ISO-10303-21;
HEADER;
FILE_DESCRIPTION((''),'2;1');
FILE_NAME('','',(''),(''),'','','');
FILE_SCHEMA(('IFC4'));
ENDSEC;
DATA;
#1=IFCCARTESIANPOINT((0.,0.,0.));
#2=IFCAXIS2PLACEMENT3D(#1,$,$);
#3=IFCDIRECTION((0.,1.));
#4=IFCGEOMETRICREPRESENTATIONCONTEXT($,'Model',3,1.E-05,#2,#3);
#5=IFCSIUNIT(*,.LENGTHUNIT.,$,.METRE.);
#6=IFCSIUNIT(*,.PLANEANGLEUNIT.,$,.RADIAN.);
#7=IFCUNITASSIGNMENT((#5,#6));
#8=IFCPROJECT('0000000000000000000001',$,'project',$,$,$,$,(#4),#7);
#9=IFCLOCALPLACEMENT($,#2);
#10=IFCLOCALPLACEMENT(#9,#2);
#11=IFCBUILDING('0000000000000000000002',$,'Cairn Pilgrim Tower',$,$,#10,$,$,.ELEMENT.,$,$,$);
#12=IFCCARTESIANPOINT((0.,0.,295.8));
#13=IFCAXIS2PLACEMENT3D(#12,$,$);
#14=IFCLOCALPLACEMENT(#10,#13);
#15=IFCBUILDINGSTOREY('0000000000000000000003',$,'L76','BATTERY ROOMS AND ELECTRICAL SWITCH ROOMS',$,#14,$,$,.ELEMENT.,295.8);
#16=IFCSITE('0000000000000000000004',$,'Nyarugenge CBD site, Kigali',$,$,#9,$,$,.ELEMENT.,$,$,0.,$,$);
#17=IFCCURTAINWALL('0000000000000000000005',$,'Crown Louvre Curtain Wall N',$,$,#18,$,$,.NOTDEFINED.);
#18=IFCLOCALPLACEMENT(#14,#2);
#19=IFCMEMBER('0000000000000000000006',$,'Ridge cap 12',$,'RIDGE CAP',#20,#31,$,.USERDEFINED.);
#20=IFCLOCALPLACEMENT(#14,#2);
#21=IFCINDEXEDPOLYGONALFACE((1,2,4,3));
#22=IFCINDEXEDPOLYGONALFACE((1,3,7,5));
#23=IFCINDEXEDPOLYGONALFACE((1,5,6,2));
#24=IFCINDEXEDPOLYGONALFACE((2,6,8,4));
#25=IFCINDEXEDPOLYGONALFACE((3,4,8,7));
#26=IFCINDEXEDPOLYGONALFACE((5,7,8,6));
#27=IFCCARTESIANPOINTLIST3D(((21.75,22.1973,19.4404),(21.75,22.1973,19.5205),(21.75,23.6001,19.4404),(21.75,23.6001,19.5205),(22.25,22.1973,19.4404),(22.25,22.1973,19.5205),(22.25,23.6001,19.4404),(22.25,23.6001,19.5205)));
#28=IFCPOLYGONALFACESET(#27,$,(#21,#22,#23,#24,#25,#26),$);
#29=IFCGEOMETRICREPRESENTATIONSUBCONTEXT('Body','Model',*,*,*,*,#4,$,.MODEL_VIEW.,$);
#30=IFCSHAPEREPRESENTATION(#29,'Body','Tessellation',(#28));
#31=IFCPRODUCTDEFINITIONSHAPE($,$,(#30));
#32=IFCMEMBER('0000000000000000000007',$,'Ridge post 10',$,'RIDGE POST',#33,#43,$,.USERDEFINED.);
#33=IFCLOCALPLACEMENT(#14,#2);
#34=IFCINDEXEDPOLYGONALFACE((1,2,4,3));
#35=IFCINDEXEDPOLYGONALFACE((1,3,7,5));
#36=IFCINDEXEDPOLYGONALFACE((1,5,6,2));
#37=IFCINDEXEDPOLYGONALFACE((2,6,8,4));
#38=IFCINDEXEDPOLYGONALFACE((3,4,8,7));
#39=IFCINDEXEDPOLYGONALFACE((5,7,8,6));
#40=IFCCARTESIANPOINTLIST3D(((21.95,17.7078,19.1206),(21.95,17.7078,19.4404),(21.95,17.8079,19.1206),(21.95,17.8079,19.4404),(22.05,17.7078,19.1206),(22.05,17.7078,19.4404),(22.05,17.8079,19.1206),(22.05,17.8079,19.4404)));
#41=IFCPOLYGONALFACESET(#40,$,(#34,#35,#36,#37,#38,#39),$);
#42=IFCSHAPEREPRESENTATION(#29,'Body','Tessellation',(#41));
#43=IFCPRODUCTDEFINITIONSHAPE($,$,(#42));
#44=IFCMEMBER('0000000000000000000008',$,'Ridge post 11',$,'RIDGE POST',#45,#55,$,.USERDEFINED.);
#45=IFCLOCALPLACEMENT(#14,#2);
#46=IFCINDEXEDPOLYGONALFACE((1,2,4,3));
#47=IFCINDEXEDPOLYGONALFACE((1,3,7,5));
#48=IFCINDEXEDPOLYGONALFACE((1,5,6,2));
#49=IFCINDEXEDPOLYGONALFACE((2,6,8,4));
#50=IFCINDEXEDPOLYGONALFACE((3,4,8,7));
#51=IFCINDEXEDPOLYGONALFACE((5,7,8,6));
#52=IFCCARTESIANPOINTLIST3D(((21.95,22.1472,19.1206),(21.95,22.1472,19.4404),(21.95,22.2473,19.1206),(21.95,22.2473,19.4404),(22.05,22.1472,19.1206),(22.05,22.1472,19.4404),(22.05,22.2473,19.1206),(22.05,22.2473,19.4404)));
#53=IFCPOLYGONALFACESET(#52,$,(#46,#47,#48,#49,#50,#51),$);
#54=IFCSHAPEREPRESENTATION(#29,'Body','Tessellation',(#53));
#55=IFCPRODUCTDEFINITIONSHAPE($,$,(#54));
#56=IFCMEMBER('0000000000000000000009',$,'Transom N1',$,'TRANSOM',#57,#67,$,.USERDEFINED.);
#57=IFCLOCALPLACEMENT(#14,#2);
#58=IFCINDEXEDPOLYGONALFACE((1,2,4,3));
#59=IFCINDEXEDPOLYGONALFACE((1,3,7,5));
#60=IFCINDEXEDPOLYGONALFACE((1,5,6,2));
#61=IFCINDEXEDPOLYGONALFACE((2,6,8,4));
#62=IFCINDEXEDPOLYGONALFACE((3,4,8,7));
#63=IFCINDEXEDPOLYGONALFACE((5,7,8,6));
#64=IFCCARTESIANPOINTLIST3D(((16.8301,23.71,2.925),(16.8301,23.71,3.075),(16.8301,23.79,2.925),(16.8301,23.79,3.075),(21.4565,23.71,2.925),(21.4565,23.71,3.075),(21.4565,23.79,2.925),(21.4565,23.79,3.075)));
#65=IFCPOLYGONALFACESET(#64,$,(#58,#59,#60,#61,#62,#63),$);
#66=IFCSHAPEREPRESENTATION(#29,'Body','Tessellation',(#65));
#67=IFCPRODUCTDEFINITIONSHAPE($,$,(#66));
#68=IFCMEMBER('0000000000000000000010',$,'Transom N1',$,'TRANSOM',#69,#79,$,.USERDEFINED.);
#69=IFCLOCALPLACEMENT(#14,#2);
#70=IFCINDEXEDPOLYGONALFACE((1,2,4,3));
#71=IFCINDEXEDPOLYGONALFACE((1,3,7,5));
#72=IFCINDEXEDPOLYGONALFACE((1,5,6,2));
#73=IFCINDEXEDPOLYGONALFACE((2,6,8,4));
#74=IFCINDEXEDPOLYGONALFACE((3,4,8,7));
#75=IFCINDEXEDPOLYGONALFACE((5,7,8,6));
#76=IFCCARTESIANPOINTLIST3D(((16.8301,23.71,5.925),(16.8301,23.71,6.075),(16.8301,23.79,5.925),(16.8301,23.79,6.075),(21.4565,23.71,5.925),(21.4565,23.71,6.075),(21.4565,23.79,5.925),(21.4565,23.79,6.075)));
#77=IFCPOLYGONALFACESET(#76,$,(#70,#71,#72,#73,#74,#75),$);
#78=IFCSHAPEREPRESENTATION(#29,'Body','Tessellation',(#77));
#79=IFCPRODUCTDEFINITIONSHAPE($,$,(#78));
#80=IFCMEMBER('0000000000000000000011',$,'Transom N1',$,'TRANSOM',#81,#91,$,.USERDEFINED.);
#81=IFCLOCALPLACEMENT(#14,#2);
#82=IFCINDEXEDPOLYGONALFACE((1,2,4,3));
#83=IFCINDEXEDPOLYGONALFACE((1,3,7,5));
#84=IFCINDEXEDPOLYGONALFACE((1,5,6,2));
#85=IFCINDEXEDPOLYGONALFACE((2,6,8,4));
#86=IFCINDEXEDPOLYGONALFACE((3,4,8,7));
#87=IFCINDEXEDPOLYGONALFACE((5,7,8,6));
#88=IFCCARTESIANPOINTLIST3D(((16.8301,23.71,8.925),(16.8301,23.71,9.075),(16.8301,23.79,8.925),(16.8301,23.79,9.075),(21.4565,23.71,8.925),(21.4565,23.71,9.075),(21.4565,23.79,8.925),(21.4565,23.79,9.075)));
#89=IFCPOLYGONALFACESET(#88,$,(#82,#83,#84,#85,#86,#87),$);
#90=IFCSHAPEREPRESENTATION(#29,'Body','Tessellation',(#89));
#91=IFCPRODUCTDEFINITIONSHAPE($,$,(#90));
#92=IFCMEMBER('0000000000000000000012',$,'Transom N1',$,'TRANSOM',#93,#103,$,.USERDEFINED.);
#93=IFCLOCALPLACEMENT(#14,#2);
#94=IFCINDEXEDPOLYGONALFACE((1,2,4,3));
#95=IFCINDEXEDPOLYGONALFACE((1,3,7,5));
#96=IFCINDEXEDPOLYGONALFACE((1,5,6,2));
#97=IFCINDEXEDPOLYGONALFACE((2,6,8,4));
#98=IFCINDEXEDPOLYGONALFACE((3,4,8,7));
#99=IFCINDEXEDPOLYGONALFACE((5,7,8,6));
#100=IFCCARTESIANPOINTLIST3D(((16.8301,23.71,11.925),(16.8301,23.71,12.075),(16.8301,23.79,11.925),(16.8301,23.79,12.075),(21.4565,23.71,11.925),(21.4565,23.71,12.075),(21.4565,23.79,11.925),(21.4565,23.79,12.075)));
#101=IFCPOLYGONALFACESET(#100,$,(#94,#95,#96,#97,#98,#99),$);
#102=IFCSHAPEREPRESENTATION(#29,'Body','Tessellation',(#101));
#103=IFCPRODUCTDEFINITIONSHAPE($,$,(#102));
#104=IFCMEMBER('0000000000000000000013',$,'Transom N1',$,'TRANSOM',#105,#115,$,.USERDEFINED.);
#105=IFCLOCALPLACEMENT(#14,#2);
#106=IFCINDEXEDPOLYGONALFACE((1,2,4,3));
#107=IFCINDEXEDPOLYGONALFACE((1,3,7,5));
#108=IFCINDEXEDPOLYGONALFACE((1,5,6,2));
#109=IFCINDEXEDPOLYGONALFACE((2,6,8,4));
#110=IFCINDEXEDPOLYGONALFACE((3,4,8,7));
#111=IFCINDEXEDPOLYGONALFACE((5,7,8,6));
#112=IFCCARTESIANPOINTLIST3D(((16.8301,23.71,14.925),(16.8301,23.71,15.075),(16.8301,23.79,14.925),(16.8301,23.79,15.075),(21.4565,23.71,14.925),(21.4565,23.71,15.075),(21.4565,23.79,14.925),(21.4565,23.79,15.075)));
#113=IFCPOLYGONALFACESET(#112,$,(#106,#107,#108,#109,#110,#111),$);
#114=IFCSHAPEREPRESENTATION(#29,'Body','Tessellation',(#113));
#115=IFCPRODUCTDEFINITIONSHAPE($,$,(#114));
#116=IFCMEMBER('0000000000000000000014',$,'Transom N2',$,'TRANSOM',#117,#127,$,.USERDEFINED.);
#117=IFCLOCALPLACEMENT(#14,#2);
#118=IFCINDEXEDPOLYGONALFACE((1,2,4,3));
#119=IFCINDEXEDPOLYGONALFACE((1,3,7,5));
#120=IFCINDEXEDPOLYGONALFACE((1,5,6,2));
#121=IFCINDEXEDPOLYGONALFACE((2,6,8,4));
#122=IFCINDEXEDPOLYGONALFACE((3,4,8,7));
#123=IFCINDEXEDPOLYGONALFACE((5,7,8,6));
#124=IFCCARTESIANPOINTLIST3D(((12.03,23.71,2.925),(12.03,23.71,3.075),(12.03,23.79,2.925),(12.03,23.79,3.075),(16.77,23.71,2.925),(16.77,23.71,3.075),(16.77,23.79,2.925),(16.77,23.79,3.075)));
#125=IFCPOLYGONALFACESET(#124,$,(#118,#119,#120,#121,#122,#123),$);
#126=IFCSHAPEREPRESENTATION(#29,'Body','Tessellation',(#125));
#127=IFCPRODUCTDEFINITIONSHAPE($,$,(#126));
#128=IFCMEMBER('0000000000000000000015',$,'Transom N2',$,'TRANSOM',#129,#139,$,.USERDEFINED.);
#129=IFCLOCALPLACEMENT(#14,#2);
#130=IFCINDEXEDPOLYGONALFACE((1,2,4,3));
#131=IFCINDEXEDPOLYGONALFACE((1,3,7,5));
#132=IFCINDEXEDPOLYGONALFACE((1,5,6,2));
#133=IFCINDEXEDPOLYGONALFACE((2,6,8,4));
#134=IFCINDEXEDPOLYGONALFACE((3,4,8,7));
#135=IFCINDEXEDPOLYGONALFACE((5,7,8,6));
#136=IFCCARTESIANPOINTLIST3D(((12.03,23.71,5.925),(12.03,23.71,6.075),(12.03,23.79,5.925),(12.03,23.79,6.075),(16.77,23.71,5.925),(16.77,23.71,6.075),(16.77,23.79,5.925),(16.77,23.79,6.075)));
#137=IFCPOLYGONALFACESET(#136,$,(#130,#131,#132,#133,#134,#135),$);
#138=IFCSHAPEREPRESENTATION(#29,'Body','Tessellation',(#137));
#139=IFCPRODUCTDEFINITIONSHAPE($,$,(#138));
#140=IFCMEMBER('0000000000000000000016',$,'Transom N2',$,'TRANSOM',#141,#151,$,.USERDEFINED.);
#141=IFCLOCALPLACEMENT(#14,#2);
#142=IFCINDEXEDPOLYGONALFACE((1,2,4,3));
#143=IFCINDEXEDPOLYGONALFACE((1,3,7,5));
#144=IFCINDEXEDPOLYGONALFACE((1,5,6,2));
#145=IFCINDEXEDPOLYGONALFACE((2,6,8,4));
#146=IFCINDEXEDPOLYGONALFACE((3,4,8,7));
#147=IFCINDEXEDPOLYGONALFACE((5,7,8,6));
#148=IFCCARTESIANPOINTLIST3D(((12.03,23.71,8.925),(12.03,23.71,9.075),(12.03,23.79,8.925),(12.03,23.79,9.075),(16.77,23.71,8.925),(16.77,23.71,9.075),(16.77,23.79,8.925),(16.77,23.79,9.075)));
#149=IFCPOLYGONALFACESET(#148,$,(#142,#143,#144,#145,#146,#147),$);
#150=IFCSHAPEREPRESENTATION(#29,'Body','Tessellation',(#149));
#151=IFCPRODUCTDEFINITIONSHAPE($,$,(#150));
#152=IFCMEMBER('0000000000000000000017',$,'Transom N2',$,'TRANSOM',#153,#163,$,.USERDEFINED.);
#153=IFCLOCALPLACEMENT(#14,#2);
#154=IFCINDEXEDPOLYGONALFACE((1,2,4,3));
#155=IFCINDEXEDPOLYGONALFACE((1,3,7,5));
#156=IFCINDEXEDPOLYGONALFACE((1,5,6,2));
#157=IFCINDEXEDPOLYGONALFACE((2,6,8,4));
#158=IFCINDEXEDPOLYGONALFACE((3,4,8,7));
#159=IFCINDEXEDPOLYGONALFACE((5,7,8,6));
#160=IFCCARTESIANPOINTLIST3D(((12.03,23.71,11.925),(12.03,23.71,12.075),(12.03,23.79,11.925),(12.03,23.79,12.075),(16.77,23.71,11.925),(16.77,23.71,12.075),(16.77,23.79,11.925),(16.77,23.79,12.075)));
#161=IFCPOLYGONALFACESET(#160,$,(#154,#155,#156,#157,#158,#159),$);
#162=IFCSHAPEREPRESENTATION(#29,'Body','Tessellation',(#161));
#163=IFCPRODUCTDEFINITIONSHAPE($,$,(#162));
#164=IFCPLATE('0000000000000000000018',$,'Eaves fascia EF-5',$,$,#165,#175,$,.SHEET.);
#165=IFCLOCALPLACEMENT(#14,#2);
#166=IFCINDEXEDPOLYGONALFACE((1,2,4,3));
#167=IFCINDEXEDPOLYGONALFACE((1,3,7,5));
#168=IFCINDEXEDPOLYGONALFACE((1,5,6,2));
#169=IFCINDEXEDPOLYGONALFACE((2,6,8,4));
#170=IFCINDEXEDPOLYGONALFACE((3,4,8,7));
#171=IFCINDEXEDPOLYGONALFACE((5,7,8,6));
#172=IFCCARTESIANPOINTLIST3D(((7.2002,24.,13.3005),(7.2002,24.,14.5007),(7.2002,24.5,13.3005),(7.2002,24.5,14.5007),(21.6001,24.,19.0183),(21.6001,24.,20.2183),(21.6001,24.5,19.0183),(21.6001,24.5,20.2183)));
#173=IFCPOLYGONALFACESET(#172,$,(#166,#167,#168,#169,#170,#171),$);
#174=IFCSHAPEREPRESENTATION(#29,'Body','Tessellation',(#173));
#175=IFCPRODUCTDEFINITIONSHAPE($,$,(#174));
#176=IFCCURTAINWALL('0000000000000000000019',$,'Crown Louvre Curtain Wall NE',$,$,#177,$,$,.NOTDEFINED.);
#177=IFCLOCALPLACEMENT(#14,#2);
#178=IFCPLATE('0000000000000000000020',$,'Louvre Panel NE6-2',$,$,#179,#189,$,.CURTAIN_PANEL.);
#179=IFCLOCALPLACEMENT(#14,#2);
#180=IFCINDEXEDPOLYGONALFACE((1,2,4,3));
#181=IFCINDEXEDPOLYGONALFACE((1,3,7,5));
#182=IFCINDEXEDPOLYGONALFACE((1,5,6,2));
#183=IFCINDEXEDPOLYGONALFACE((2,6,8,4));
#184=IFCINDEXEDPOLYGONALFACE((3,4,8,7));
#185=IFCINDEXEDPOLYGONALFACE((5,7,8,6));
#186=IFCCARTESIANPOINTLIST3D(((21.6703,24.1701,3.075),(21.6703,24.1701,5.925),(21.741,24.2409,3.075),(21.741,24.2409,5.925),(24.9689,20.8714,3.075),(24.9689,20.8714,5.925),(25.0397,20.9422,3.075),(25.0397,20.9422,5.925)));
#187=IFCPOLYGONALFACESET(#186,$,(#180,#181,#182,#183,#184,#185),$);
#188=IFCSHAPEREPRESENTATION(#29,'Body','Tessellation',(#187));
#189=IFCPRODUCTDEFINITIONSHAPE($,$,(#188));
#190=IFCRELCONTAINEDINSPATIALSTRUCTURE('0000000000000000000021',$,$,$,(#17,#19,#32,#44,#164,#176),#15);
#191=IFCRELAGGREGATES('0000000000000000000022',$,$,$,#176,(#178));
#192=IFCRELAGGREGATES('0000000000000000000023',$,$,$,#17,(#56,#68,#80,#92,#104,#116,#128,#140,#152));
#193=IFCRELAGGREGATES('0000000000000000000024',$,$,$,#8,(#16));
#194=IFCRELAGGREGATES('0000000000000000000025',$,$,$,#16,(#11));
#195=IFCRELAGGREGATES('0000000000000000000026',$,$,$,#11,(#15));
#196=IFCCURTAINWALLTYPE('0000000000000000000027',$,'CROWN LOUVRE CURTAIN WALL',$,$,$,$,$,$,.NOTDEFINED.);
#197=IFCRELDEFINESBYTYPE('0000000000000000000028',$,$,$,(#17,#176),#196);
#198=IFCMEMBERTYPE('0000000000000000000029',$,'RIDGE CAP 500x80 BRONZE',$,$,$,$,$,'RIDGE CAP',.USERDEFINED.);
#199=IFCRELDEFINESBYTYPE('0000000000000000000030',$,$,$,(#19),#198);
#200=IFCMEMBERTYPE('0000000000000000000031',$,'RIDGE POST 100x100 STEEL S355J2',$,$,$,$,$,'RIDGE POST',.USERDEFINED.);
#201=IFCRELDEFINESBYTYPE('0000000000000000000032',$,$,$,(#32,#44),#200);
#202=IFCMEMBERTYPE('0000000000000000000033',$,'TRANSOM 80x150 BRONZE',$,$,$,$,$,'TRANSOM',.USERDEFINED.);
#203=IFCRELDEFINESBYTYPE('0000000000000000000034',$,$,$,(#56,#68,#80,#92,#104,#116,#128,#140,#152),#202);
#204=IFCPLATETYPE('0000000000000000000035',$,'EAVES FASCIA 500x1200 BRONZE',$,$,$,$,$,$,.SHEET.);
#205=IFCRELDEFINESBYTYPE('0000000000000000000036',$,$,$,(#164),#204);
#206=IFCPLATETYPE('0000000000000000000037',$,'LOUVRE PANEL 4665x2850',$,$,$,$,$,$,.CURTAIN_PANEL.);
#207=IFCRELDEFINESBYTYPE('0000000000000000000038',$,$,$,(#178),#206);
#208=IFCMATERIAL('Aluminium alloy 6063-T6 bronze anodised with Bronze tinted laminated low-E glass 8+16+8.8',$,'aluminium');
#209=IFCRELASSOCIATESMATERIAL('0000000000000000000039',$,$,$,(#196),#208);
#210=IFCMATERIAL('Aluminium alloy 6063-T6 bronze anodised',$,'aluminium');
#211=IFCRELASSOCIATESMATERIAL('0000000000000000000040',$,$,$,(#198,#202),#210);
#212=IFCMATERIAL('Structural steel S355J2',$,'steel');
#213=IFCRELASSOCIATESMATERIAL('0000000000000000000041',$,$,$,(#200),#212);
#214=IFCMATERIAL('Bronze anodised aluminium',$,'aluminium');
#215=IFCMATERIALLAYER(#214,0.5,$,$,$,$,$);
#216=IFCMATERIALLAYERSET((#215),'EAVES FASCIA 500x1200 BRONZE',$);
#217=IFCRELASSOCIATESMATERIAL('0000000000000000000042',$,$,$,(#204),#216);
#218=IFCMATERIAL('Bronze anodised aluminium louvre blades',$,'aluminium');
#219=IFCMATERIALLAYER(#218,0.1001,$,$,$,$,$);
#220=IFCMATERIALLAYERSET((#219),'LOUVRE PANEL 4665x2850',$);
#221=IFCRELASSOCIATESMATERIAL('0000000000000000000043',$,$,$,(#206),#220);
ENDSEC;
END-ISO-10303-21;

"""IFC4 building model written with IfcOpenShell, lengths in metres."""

from ifc_helpers import new_model, si_unit, direction, frame, origin, origin_2d, place, context, subcontext, project, spatial, polyline, rectangle, outline, extrude, material, layer, layer_set, material_profile, profile_set, type_object, element, aggregate, save


model = new_model("IFC4")

# Units and contexts
model_context = context("Model", 3, precision=1e-05, world=origin(), true_north=direction((0.0, 1.0)))
body_context = subcontext(model_context, "Body", "Model", "MODEL_VIEW")
ifc_project = project(units=[si_unit("LENGTHUNIT", "METRE"), si_unit("PLANEANGLEUNIT", "RADIAN")], contexts=[model_context])

# Site, building, storey
site_placement = place(None, origin())
site = spatial("IfcSite", under=ifc_project, at=site_placement, Name="Nyarugenge CBD site, Kigali", CompositionType="ELEMENT", RefElevation=0.0)
building_placement = place(site_placement, origin())
building = spatial("IfcBuilding", under=site, at=building_placement, Name="Cairn Pilgrim Tower", CompositionType="ELEMENT")
storey_placement = place(building_placement, frame((0.0, 0.0, 295.8)))
storey = spatial("IfcBuildingStorey", under=building, at=storey_placement, Name="L76", Description="BATTERY ROOMS AND ELECTRICAL SWITCH ROOMS", CompositionType="ELEMENT", Elevation=295.8)

# Shared definitions
ifc_material_1 = material(Name="Structural steel S355J2", Category="steel")

# Curtain wall
ifc_material_2 = material(Name="Aluminium alloy 6063-T6 bronze anodised with Bronze tinted laminated low-E glass 8+16+8.8", Category="aluminium")
curtain_wall_type = type_object("IfcCurtainWallType", Name="CROWN LOUVRE CURTAIN WALL", PredefinedType="NOTDEFINED", material=ifc_material_2)
curtain_wall_1_placement = place(storey_placement, origin())
curtain_wall_1 = element("IfcCurtainWall", 1, at=curtain_wall_1_placement, inside=storey, type_object=curtain_wall_type, Name="Crown Louvre Curtain Wall N", PredefinedType="NOTDEFINED")
ifc_material_3 = material(Name="Aluminium alloy 6063-T6 bronze anodised", Category="aluminium")

# Members
ifc_material_profile_1 = material_profile(ifc_material_3, rectangle(XDim=0.5, YDim=0.0801, at=origin_2d()), Name="RIDGE CAP 500x80 BRONZE")
ifc_profile_set_1 = profile_set([ifc_material_profile_1], Name="Aluminium alloy 6063-T6 bronze anodised")
member_type_1 = type_object("IfcMemberType", Name="RIDGE CAP 500x80 BRONZE", ElementType="RIDGE CAP", PredefinedType="USERDEFINED", material=ifc_profile_set_1)
member_1_placement = place(storey_placement, frame((22.0, 22.1973, 19.4805), z_axis=(0.0, 1.0, 0.0), x_axis=(-1.0, 0.0, 0.0)))
element("IfcMember", 2, at=member_1_placement, inside=storey, type_object=member_type_1, Name="Ridge cap 12", ObjectType="RIDGE CAP", PredefinedType="USERDEFINED", context=body_context, shape_type="SweptSolid", body=[
    extrude(rectangle(XDim=0.5, YDim=0.0801, at=origin_2d()), origin(), (0.0, 0.0, 1.0), 1.4028),
])
ifc_material_profile_2 = material_profile(ifc_material_1, rectangle(XDim=0.1001, YDim=0.1001, at=origin_2d()), Name="RIDGE POST 100x100 STEEL S355J2")
ifc_profile_set_2 = profile_set([ifc_material_profile_2], Name="Structural steel S355J2")
member_type_2 = type_object("IfcMemberType", Name="RIDGE POST 100x100 STEEL S355J2", ElementType="RIDGE POST", PredefinedType="USERDEFINED", material=ifc_profile_set_2)
for number, where, z_axis, x_axis, name in (
    (3, (22.0, 17.7578, 19.1206), (0.0, 0.0, 1.0), (1.0, 0.0, 0.0), "Ridge post 10"),
    (4, (22.0, 22.1973, 19.1206), (0.0, 0.0, 1.0), (1.0, 0.0, 0.0), "Ridge post 11"),
):
    element("IfcMember", number, at=place(storey_placement, frame(where, z_axis=z_axis, x_axis=x_axis)), inside=storey, type_object=member_type_2, Name=name, ObjectType="RIDGE POST", PredefinedType="USERDEFINED", context=body_context, shape_type="SweptSolid", body=[
        extrude(rectangle(XDim=0.1001, YDim=0.1001, at=origin_2d()), origin(), (0.0, 0.0, 1.0), 0.3198),
    ])

# Members
ifc_material_profile_3 = material_profile(ifc_material_3, rectangle(XDim=0.0801, YDim=0.1499, at=origin_2d()), Name="TRANSOM 80x150 BRONZE")
ifc_profile_set_3 = profile_set([ifc_material_profile_3], Name="Aluminium alloy 6063-T6 bronze anodised")
member_type_3 = type_object("IfcMemberType", Name="TRANSOM 80x150 BRONZE", ElementType="TRANSOM", PredefinedType="USERDEFINED", material=ifc_profile_set_3)
member_2_placement = place(storey_placement, frame((21.4565, 23.75, 3.0), z_axis=(-1.0, 0.0, 0.0), x_axis=(0.0, -1.0, 0.0)))
member_2 = element("IfcMember", 5, at=member_2_placement, type_object=member_type_3, Name="Transom N1", ObjectType="TRANSOM", PredefinedType="USERDEFINED", context=body_context, shape_type="SweptSolid", body=[
    extrude(rectangle(XDim=0.0801, YDim=0.1499, at=origin_2d()), origin(), (0.0, 0.0, 1.0), 4.6265),
])
member_3_placement = place(storey_placement, frame((21.4565, 23.75, 6.0), z_axis=(-1.0, 0.0, 0.0), x_axis=(0.0, -1.0, 0.0)))
member_3 = element("IfcMember", 6, at=member_3_placement, type_object=member_type_3, Name="Transom N1", ObjectType="TRANSOM", PredefinedType="USERDEFINED", context=body_context, shape_type="SweptSolid", body=[
    extrude(rectangle(XDim=0.0801, YDim=0.1499, at=origin_2d()), origin(), (0.0, 0.0, 1.0), 4.6265),
])
member_4_placement = place(storey_placement, frame((21.4565, 23.75, 9.0), z_axis=(-1.0, 0.0, 0.0), x_axis=(0.0, -1.0, 0.0)))
member_4 = element("IfcMember", 7, at=member_4_placement, type_object=member_type_3, Name="Transom N1", ObjectType="TRANSOM", PredefinedType="USERDEFINED", context=body_context, shape_type="SweptSolid", body=[
    extrude(rectangle(XDim=0.0801, YDim=0.1499, at=origin_2d()), origin(), (0.0, 0.0, 1.0), 4.6265),
])
member_5_placement = place(storey_placement, frame((21.4565, 23.75, 12.0), z_axis=(-1.0, 0.0, 0.0), x_axis=(0.0, -1.0, 0.0)))
member_5 = element("IfcMember", 8, at=member_5_placement, type_object=member_type_3, Name="Transom N1", ObjectType="TRANSOM", PredefinedType="USERDEFINED", context=body_context, shape_type="SweptSolid", body=[
    extrude(rectangle(XDim=0.0801, YDim=0.1499, at=origin_2d()), origin(), (0.0, 0.0, 1.0), 4.6265),
])
member_6_placement = place(storey_placement, frame((21.4565, 23.75, 15.0), z_axis=(-1.0, 0.0, 0.0), x_axis=(0.0, -1.0, 0.0)))
member_6 = element("IfcMember", 9, at=member_6_placement, type_object=member_type_3, Name="Transom N1", ObjectType="TRANSOM", PredefinedType="USERDEFINED", context=body_context, shape_type="SweptSolid", body=[
    extrude(rectangle(XDim=0.0801, YDim=0.1499, at=origin_2d()), origin(), (0.0, 0.0, 1.0), 4.6265),
])
member_7_placement = place(storey_placement, frame((16.77, 23.75, 3.0), z_axis=(-1.0, 0.0, 0.0), x_axis=(0.0, -1.0, 0.0)))
member_7 = element("IfcMember", 10, at=member_7_placement, type_object=member_type_3, Name="Transom N2", ObjectType="TRANSOM", PredefinedType="USERDEFINED", context=body_context, shape_type="SweptSolid", body=[
    extrude(rectangle(XDim=0.0801, YDim=0.1499, at=origin_2d()), origin(), (0.0, 0.0, 1.0), 4.74),
])
member_8_placement = place(storey_placement, frame((16.77, 23.75, 6.0), z_axis=(-1.0, 0.0, 0.0), x_axis=(0.0, -1.0, 0.0)))
member_8 = element("IfcMember", 11, at=member_8_placement, type_object=member_type_3, Name="Transom N2", ObjectType="TRANSOM", PredefinedType="USERDEFINED", context=body_context, shape_type="SweptSolid", body=[
    extrude(rectangle(XDim=0.0801, YDim=0.1499, at=origin_2d()), origin(), (0.0, 0.0, 1.0), 4.74),
])
member_9_placement = place(storey_placement, frame((16.77, 23.75, 9.0), z_axis=(-1.0, 0.0, 0.0), x_axis=(0.0, -1.0, 0.0)))
member_9 = element("IfcMember", 12, at=member_9_placement, type_object=member_type_3, Name="Transom N2", ObjectType="TRANSOM", PredefinedType="USERDEFINED", context=body_context, shape_type="SweptSolid", body=[
    extrude(rectangle(XDim=0.0801, YDim=0.1499, at=origin_2d()), origin(), (0.0, 0.0, 1.0), 4.74),
])
member_10_placement = place(storey_placement, frame((16.77, 23.75, 12.0), z_axis=(-1.0, 0.0, 0.0), x_axis=(0.0, -1.0, 0.0)))
member_10 = element("IfcMember", 13, at=member_10_placement, type_object=member_type_3, Name="Transom N2", ObjectType="TRANSOM", PredefinedType="USERDEFINED", context=body_context, shape_type="SweptSolid", body=[
    extrude(rectangle(XDim=0.0801, YDim=0.1499, at=origin_2d()), origin(), (0.0, 0.0, 1.0), 4.74),
])

# Plate
ifc_material_4 = material(Name="Bronze anodised aluminium", Category="aluminium")
ifc_layer_1 = layer(ifc_material_4, 0.5)
ifc_layer_set_1 = layer_set([ifc_layer_1], Name="EAVES FASCIA 500x1200 BRONZE")
plate_type_1 = type_object("IfcPlateType", Name="EAVES FASCIA 500x1200 BRONZE", PredefinedType="SHEET", material=ifc_layer_set_1)
plate_1_placement = place(storey_placement, frame((21.6001, 24.25, 13.3005), z_axis=(0.0, 0.0, 1.0), x_axis=(-1.0, 0.0, 0.0)))
element("IfcPlate", 14, at=plate_1_placement, inside=storey, type_object=plate_type_1, Name="Eaves fascia EF-5", PredefinedType="SHEET", context=body_context, shape_type="SweptSolid", body=[
    extrude(outline(polyline([(0.0, 5.7178), (14.3999, 0.0), (14.3999, 1.2002), (0.0, 6.9177), (0.0, 5.7178)])), frame((0.0, 0.25, 0.0), z_axis=(0.0, -1.0, 0.0), x_axis=(1.0, 0.0, 0.0)), (0.0, 0.0, 1.0), 0.5),
])

# Curtain wall, plate
curtain_wall_2_placement = place(storey_placement, origin())
curtain_wall_2 = element("IfcCurtainWall", 15, at=curtain_wall_2_placement, inside=storey, type_object=curtain_wall_type, Name="Crown Louvre Curtain Wall NE", PredefinedType="NOTDEFINED")
ifc_material_5 = material(Name="Bronze anodised aluminium louvre blades", Category="aluminium")
ifc_layer_2 = layer(ifc_material_5, 0.1001)
ifc_layer_set_2 = layer_set([ifc_layer_2], Name="LOUVRE PANEL 4665x2850")
plate_type_2 = type_object("IfcPlateType", Name="LOUVRE PANEL 4665x2850", PredefinedType="CURTAIN_PANEL", material=ifc_layer_set_2)
plate_2_placement = place(storey_placement, frame((23.355, 22.5562, 3.075), z_axis=(0.0, 0.0, 1.0), x_axis=(-0.707107, 0.707107, 0.0)))
plate_2 = element("IfcPlate", 16, at=plate_2_placement, type_object=plate_type_2, Name="Louvre Panel NE6-2", PredefinedType="CURTAIN_PANEL", context=body_context, shape_type="SweptSolid", body=[
    extrude(rectangle(XDim=4.665, YDim=0.1001, at=origin_2d()), origin(), (0.0, 0.0, 1.0), 2.8501),
])
aggregate(curtain_wall_2, [plate_2])

aggregate(curtain_wall_1, [member_2, member_3, member_4, member_5, member_6, member_7, member_8, member_9, member_10])

save(model, "model.ifc")
